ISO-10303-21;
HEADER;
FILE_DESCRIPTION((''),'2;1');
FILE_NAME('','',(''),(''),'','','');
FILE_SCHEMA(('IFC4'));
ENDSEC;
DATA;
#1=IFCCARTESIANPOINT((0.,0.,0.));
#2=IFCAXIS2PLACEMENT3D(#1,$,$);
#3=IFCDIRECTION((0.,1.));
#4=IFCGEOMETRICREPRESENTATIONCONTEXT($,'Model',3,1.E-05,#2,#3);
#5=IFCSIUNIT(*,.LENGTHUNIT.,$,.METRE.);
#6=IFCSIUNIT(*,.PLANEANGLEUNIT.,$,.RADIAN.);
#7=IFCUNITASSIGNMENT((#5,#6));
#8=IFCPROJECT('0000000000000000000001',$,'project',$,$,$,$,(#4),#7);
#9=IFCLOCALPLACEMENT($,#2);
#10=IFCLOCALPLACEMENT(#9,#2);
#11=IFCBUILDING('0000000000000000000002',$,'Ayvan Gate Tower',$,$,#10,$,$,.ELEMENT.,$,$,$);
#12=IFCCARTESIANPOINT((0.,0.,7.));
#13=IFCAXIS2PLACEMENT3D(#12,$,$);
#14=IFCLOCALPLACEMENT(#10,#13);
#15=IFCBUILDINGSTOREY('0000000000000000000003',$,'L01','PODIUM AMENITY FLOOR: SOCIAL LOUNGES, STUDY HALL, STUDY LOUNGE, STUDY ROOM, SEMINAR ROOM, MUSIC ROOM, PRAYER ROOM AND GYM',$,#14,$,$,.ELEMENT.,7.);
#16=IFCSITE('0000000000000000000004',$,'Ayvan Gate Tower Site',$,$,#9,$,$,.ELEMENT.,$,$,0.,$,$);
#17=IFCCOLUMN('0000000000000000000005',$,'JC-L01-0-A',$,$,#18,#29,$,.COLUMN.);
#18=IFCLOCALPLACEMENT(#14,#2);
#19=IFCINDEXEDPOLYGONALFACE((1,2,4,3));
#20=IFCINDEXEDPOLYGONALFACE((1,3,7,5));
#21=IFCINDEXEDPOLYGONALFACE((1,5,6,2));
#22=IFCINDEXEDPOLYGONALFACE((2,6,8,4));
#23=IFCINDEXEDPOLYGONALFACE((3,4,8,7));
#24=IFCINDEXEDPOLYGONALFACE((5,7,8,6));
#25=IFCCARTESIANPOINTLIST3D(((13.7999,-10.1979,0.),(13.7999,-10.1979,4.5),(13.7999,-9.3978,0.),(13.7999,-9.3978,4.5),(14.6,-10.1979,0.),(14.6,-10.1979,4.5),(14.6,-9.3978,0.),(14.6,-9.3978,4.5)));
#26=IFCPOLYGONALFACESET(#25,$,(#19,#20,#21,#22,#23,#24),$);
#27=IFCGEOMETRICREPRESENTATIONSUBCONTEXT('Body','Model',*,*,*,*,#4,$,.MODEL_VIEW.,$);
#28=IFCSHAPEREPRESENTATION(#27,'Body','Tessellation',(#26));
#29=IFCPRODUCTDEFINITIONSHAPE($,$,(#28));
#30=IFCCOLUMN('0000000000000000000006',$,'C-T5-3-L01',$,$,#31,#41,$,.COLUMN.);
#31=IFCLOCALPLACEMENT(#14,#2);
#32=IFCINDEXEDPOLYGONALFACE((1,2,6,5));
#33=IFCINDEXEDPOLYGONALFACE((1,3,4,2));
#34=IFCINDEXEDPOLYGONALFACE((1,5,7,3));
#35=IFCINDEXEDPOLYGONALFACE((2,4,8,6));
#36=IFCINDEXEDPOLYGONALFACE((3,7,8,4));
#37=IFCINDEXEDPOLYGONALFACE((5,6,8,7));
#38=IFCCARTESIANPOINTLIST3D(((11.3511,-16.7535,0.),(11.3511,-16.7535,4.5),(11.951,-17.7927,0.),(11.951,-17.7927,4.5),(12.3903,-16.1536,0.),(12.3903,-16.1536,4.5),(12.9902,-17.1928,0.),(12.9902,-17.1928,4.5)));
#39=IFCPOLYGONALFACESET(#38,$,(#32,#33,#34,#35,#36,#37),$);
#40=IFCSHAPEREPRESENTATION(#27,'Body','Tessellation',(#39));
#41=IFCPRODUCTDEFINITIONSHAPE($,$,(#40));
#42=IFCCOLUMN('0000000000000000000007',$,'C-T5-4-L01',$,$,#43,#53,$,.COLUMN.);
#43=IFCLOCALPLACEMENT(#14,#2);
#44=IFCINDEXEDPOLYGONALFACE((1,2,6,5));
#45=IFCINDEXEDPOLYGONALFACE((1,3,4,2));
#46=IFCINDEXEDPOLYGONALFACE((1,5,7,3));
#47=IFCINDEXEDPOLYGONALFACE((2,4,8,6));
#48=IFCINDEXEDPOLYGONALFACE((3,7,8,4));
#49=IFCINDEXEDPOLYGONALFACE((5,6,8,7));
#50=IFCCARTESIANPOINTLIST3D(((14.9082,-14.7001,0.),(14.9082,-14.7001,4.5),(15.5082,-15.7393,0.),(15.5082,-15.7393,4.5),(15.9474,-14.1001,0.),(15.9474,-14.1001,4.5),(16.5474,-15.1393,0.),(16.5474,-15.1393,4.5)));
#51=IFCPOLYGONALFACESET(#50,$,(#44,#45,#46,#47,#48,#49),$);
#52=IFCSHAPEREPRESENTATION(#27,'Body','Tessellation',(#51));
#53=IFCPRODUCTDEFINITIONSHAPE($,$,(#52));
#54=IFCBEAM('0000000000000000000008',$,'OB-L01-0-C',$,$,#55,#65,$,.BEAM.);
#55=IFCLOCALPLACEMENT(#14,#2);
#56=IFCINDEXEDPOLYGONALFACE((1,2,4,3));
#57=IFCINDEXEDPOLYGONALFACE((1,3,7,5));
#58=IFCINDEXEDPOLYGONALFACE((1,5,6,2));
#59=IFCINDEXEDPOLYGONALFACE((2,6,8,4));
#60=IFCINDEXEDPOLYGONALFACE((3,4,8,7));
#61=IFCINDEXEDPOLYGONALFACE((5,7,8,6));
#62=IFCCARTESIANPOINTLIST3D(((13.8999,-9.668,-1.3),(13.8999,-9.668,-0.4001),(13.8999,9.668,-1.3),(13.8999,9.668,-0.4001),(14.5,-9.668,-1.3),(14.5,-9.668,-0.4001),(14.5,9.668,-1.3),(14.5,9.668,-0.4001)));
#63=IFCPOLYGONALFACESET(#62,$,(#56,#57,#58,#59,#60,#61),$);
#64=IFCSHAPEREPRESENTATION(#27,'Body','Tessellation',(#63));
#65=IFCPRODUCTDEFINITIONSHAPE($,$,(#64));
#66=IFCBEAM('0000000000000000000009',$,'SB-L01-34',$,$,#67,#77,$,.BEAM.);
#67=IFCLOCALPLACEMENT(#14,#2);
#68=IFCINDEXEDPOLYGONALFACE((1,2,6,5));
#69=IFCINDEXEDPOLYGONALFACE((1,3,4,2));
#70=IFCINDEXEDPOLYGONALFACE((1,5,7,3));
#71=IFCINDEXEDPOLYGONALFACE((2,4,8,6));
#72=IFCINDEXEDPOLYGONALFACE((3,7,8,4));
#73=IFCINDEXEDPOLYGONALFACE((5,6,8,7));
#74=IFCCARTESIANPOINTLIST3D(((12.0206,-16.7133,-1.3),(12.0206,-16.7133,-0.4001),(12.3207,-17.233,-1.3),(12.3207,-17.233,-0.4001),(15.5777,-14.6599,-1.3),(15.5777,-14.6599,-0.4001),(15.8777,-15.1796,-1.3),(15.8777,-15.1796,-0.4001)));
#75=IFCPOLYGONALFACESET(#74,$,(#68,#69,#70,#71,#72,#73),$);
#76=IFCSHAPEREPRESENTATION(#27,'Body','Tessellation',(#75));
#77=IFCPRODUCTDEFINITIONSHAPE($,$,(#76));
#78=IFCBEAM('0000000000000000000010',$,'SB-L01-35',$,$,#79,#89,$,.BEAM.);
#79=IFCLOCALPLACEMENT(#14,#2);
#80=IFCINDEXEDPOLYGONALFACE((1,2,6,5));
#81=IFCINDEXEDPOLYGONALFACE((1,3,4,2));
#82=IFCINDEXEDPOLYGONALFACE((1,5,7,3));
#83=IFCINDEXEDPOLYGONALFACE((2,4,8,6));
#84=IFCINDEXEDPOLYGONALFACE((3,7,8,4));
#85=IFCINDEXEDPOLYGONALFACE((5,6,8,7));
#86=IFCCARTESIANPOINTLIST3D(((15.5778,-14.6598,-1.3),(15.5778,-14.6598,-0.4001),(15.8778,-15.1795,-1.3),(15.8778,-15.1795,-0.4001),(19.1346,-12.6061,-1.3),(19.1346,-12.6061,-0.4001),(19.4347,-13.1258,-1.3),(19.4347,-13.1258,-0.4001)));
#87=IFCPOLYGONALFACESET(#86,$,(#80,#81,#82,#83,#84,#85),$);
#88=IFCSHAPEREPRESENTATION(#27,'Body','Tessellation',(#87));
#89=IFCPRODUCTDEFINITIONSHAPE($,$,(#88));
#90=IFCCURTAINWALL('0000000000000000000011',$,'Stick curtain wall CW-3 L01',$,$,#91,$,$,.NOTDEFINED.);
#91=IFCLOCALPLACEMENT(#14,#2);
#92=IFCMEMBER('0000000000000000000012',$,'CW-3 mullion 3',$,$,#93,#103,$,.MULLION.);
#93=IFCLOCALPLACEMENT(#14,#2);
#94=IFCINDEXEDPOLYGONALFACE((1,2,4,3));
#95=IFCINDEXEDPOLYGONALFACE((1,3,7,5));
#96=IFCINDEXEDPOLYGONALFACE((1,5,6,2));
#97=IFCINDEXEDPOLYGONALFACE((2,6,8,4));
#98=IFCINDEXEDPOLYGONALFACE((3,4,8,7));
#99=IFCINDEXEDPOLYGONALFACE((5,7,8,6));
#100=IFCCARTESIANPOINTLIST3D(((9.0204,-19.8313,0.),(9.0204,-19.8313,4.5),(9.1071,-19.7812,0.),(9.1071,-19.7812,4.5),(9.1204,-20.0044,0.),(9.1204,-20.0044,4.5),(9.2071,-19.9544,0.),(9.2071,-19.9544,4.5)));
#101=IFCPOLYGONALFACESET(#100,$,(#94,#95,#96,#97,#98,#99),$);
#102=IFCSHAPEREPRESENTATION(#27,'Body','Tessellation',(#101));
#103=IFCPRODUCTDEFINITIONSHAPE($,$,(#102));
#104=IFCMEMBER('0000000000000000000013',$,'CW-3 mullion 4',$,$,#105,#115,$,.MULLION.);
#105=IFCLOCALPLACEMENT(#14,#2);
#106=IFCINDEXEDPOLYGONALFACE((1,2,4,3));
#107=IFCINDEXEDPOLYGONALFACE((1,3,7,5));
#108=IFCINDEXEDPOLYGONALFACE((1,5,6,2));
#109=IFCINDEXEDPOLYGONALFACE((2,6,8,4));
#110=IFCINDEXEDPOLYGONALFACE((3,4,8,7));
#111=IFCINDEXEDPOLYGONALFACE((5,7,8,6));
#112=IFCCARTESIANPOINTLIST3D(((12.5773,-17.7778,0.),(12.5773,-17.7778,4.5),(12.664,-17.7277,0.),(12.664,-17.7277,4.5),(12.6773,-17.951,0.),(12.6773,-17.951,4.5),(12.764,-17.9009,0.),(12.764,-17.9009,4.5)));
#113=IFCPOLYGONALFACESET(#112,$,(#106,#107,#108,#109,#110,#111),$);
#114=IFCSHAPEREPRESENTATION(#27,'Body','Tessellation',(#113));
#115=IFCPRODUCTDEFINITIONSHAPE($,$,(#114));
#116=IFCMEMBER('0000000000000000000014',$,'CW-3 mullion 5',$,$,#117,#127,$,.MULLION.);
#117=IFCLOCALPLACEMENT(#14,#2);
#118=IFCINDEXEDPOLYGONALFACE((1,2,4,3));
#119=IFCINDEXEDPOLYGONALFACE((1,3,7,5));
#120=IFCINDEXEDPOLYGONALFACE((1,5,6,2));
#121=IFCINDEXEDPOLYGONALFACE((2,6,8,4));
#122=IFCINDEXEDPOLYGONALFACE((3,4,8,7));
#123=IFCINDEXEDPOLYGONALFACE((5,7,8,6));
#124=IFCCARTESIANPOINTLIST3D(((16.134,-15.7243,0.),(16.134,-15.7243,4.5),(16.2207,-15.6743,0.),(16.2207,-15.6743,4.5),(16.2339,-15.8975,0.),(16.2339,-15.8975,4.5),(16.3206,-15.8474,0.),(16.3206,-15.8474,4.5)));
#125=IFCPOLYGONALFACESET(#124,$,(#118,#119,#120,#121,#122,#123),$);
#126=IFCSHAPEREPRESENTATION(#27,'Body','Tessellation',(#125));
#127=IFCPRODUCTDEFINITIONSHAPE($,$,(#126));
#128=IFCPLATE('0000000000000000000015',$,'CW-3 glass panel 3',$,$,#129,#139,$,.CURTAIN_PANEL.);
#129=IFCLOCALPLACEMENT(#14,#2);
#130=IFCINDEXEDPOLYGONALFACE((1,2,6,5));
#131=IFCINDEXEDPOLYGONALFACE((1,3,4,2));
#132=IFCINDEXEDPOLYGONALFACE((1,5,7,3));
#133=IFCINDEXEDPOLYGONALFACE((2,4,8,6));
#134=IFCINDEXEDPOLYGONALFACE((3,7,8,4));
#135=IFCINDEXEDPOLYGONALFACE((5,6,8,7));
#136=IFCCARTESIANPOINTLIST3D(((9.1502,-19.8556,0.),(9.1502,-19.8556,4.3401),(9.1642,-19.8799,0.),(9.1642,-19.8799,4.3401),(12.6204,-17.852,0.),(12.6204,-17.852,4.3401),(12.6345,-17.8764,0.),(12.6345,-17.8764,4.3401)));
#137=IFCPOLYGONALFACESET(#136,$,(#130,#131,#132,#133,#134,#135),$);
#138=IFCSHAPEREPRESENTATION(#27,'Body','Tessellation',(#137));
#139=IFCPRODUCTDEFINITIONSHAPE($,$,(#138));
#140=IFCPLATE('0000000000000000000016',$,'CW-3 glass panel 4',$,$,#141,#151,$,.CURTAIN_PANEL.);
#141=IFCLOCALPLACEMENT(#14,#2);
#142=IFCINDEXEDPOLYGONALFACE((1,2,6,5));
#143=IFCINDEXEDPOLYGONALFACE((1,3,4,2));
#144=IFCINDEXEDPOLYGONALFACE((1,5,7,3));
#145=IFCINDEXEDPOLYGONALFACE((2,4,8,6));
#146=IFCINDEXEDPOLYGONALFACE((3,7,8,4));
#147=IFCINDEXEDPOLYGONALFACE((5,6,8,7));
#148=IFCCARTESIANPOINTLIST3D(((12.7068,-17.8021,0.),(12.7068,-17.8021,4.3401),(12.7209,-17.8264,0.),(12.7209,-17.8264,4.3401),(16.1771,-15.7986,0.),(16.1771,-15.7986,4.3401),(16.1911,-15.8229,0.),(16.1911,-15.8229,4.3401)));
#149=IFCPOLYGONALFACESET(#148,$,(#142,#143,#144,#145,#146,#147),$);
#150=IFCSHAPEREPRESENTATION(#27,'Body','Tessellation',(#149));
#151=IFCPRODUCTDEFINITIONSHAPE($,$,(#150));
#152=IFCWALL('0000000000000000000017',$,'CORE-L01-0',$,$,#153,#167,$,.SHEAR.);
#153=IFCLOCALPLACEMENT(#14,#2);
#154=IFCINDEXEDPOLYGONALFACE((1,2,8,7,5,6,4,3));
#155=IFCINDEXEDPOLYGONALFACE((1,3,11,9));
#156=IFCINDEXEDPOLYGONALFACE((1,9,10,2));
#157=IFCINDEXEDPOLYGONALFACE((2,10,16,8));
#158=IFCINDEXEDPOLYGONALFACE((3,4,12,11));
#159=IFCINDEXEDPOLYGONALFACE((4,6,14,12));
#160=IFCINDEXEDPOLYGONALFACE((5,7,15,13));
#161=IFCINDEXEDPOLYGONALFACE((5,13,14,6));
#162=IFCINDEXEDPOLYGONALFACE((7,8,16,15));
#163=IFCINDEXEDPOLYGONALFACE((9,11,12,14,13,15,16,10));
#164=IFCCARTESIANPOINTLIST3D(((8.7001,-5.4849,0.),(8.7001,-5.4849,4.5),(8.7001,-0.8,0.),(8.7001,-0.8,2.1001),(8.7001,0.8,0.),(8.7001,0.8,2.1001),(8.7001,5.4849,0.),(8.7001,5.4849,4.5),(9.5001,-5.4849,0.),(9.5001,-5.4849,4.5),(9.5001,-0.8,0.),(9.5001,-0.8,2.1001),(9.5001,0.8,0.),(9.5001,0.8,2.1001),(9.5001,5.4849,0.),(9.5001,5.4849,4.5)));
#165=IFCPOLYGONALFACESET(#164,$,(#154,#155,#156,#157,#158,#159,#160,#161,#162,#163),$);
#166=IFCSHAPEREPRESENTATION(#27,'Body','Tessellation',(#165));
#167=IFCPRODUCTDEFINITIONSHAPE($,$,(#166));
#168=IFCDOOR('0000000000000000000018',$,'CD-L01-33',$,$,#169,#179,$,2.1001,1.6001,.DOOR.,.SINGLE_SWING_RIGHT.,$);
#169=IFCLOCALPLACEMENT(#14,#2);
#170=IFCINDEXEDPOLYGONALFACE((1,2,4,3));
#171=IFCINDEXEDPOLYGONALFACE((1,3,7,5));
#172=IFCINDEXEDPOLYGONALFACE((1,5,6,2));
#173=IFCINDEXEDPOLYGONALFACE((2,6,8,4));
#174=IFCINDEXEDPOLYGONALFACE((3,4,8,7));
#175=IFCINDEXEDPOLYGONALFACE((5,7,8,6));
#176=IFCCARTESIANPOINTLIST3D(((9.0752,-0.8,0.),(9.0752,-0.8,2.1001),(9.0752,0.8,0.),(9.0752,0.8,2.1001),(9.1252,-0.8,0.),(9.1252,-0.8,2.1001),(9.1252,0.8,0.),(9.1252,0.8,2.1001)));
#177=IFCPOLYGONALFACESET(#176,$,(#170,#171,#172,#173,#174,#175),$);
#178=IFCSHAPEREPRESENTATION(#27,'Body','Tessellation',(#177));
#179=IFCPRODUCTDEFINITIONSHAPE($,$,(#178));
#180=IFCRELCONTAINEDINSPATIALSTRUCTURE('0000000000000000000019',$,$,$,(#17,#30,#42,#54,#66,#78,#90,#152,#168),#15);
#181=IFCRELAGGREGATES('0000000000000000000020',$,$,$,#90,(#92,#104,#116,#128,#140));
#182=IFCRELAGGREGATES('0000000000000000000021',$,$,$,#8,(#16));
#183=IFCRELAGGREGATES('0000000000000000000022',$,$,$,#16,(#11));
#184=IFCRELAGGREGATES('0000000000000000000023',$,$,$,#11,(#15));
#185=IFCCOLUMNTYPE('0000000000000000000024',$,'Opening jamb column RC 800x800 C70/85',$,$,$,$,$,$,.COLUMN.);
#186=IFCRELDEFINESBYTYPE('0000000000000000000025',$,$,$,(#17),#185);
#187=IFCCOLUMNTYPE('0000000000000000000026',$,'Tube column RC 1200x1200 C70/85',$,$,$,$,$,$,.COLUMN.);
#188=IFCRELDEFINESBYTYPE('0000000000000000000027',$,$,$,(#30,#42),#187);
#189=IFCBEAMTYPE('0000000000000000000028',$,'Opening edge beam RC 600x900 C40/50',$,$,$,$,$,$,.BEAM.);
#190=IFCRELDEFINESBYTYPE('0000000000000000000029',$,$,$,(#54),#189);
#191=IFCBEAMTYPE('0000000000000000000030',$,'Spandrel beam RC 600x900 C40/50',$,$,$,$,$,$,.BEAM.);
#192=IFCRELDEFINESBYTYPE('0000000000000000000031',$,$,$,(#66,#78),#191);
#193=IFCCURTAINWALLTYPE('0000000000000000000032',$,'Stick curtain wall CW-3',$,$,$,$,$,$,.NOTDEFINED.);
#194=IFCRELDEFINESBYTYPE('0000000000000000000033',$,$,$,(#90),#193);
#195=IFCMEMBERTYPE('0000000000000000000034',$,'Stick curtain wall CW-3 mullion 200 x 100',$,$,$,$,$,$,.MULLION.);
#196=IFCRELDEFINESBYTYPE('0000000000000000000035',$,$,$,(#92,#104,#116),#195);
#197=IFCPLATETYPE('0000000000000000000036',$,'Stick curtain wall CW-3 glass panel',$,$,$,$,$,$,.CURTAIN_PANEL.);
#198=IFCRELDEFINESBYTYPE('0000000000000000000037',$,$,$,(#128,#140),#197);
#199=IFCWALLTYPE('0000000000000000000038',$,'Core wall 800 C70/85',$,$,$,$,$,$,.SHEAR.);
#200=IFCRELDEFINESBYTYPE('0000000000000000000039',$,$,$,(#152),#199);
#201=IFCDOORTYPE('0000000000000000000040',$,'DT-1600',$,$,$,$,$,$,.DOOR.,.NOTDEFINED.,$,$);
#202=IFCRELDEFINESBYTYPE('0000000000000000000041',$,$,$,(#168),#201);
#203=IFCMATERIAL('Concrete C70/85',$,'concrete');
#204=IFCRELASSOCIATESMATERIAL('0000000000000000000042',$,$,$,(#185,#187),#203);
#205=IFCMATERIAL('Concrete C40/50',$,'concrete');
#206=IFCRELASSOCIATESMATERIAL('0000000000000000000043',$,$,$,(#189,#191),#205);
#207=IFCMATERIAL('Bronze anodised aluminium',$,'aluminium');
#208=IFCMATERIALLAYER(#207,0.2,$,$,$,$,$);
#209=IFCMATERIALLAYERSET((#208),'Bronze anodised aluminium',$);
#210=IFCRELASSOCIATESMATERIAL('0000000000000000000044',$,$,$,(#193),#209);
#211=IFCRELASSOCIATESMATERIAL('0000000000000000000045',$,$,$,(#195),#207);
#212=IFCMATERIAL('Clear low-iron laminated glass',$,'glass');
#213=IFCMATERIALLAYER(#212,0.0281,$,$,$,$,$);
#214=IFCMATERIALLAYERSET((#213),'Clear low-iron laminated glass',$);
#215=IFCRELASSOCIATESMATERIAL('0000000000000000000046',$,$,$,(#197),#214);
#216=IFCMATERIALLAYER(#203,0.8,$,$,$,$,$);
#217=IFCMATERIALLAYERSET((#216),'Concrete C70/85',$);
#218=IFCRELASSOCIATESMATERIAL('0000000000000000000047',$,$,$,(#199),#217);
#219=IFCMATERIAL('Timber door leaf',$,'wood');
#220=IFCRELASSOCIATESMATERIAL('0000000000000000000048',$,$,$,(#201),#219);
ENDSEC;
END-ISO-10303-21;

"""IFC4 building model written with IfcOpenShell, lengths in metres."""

from ifc_helpers import new_model, si_unit, direction, frame, frame_2d, origin, origin_2d, place, context, subcontext, project, spatial, rectangle, extrude, material, layer, layer_set, material_profile, profile_set, type_object, element, fill, aggregate, save


model = new_model("IFC4")

# Units and contexts
model_context = context("Model", 3, precision=1e-05, world=origin(), true_north=direction((0.0, 1.0)))
body_context = subcontext(model_context, "Body", "Model", "MODEL_VIEW")
ifc_project = project(units=[si_unit("LENGTHUNIT", "METRE"), si_unit("PLANEANGLEUNIT", "RADIAN")], contexts=[model_context])

# Site, building, storey
site_placement = place(None, origin())
site = spatial("IfcSite", under=ifc_project, at=site_placement, Name="Ayvan Gate Tower Site", CompositionType="ELEMENT", RefElevation=0.0)
building_placement = place(site_placement, origin())
building = spatial("IfcBuilding", under=site, at=building_placement, Name="Ayvan Gate Tower", CompositionType="ELEMENT")
storey_placement = place(building_placement, frame((0.0, 0.0, 7.0)))
storey = spatial("IfcBuildingStorey", under=building, at=storey_placement, Name="L01", Description="PODIUM AMENITY FLOOR: SOCIAL LOUNGES, STUDY HALL, STUDY LOUNGE, STUDY ROOM, SEMINAR ROOM, MUSIC ROOM, PRAYER ROOM AND GYM", CompositionType="ELEMENT", Elevation=7.0)

# Columns
ifc_material_1 = material(Name="Concrete C70/85", Category="concrete")
ifc_material_profile_1 = material_profile(ifc_material_1, rectangle(XDim=0.8, YDim=0.8, at=origin_2d()), Name="RC 800x800")
ifc_profile_set_1 = profile_set([ifc_material_profile_1], Name="Concrete C70/85")
column_type_1 = type_object("IfcColumnType", Name="Opening jamb column RC 800x800 C70/85", PredefinedType="COLUMN", material=ifc_profile_set_1)
column_placement = place(storey_placement, frame((14.2, -9.7979, 0.0), z_axis=(0.0, 0.0, 1.0), x_axis=(1.0, 0.0, 0.0)))
element("IfcColumn", 1, at=column_placement, inside=storey, type_object=column_type_1, Name="JC-L01-0-A", PredefinedType="COLUMN", context=body_context, shape_type="SweptSolid", body=[
    extrude(rectangle(XDim=0.8, YDim=0.8, at=origin_2d()), origin(), (0.0, 0.0, 1.0), 4.5),
])
ifc_material_profile_2 = material_profile(ifc_material_1, rectangle(XDim=1.2, YDim=1.2, at=origin_2d()), Name="RC 1200x1200")
ifc_profile_set_2 = profile_set([ifc_material_profile_2], Name="Concrete C70/85")
column_type_2 = type_object("IfcColumnType", Name="Tube column RC 1200x1200 C70/85", PredefinedType="COLUMN", material=ifc_profile_set_2)
for number, where, z_axis, x_axis, name in (
    (2, (12.1707, -16.9731, 0.0), (0.0, 0.0, 1.0), (0.5, -0.866025, 0.0), "C-T5-3-L01"),
    (3, (15.7278, -14.9197, 0.0), (0.0, 0.0, 1.0), (0.5, -0.866025, 0.0), "C-T5-4-L01"),
):
    element("IfcColumn", number, at=place(storey_placement, frame(where, z_axis=z_axis, x_axis=x_axis)), inside=storey, type_object=column_type_2, Name=name, PredefinedType="COLUMN", context=body_context, shape_type="SweptSolid", body=[
        extrude(rectangle(XDim=1.2, YDim=1.2, at=origin_2d()), origin(), (0.0, 0.0, 1.0), 4.5),
    ])

# Beams
ifc_material_2 = material(Name="Concrete C40/50", Category="concrete")
ifc_material_profile_3 = material_profile(ifc_material_2, rectangle(XDim=0.6001, YDim=0.8999, at=origin_2d()), Name="RC 600x900")
ifc_profile_set_3 = profile_set([ifc_material_profile_3], Name="Concrete C40/50")
beam_type_1 = type_object("IfcBeamType", Name="Opening edge beam RC 600x900 C40/50", PredefinedType="BEAM", material=ifc_profile_set_3)
beam_placement = place(storey_placement, frame((14.2, -9.668, -0.8501), z_axis=(0.0, 1.0, 0.0), x_axis=(-1.0, 0.0, 0.0)))
element("IfcBeam", 4, at=beam_placement, inside=storey, type_object=beam_type_1, Name="OB-L01-0-C", PredefinedType="BEAM", context=body_context, shape_type="SweptSolid", body=[
    extrude(rectangle(XDim=0.6001, YDim=0.8999, at=origin_2d()), origin(), (0.0, 0.0, 1.0), 19.3359),
])
ifc_material_profile_4 = material_profile(ifc_material_2, rectangle(XDim=0.6001, YDim=0.8999, at=origin_2d()), Name="RC 600x900")
ifc_profile_set_4 = profile_set([ifc_material_profile_4], Name="Concrete C40/50")
beam_type_2 = type_object("IfcBeamType", Name="Spandrel beam RC 600x900 C40/50", PredefinedType="BEAM", material=ifc_profile_set_4)
for number, where, z_axis, x_axis, name in (
    (5, (12.1707, -16.9731, -0.8501), (0.866051, 0.499956, 0.0), (-0.499956, 0.866051, 0.0), "SB-L01-34"),
    (6, (15.7278, -14.9197, -0.8501), (0.86601, 0.500026, 0.0), (-0.500026, 0.86601, 0.0), "SB-L01-35"),
):
    element("IfcBeam", number, at=place(storey_placement, frame(where, z_axis=z_axis, x_axis=x_axis)), inside=storey, type_object=beam_type_2, Name=name, PredefinedType="BEAM", context=body_context, shape_type="SweptSolid", body=[
        extrude(rectangle(XDim=0.6001, YDim=0.8999, at=origin_2d()), origin(), (0.0, 0.0, 1.0), 4.1072),
    ])

# Curtain wall, members, plates
ifc_material_3 = material(Name="Bronze anodised aluminium", Category="aluminium")
ifc_layer_1 = layer(ifc_material_3, 0.2)
ifc_layer_set_1 = layer_set([ifc_layer_1], Name="Bronze anodised aluminium")
curtain_wall_type = type_object("IfcCurtainWallType", Name="Stick curtain wall CW-3", PredefinedType="NOTDEFINED", material=ifc_layer_set_1)
curtain_wall_placement = place(storey_placement, origin())
curtain_wall = element("IfcCurtainWall", 7, at=curtain_wall_placement, inside=storey, type_object=curtain_wall_type, Name="Stick curtain wall CW-3 L01", PredefinedType="NOTDEFINED")
ifc_material_profile_5 = material_profile(ifc_material_3, rectangle(XDim=0.2, YDim=0.1001, at=origin_2d()), Name="Stick curtain wall CW-3 mullion 200 x 100")
ifc_profile_set_5 = profile_set([ifc_material_profile_5], Name="Bronze anodised aluminium")
member_type = type_object("IfcMemberType", Name="Stick curtain wall CW-3 mullion 200 x 100", PredefinedType="MULLION", material=ifc_profile_set_5)
member_1_placement = place(storey_placement, frame((9.1138, -19.8928, 0.0), z_axis=(0.0, 0.0, 1.0), x_axis=(0.5, -0.866025, 0.0)))
member_1 = element("IfcMember", 8, at=member_1_placement, type_object=member_type, Name="CW-3 mullion 3", PredefinedType="MULLION", context=body_context, shape_type="SweptSolid", body=[
    extrude(rectangle(XDim=0.2, YDim=0.1001, at=origin_2d()), origin(), (0.0, 0.0, 1.0), 4.5),
])
member_2_placement = place(storey_placement, frame((12.6707, -17.8394, 0.0), z_axis=(0.0, 0.0, 1.0), x_axis=(0.5, -0.866025, 0.0)))
member_2 = element("IfcMember", 9, at=member_2_placement, type_object=member_type, Name="CW-3 mullion 4", PredefinedType="MULLION", context=body_context, shape_type="SweptSolid", body=[
    extrude(rectangle(XDim=0.2, YDim=0.1001, at=origin_2d()), origin(), (0.0, 0.0, 1.0), 4.5),
])
member_3_placement = place(storey_placement, frame((16.2273, -15.7859, 0.0), z_axis=(0.0, 0.0, 1.0), x_axis=(0.5, -0.866025, 0.0)))
member_3 = element("IfcMember", 10, at=member_3_placement, type_object=member_type, Name="CW-3 mullion 5", PredefinedType="MULLION", context=body_context, shape_type="SweptSolid", body=[
    extrude(rectangle(XDim=0.2, YDim=0.1001, at=origin_2d()), origin(), (0.0, 0.0, 1.0), 4.5),
])
ifc_material_4 = material(Name="Clear low-iron laminated glass", Category="glass")
ifc_layer_2 = layer(ifc_material_4, 0.0281)
ifc_layer_set_2 = layer_set([ifc_layer_2], Name="Clear low-iron laminated glass")
plate_type = type_object("IfcPlateType", Name="Stick curtain wall CW-3 glass panel", PredefinedType="CURTAIN_PANEL", material=ifc_layer_set_2)
plate_1_placement = place(storey_placement, frame((10.8923, -18.866, 0.0), z_axis=(0.0, 0.0, 1.0), x_axis=(0.866025, 0.5, 0.0)))
plate_1 = element("IfcPlate", 11, at=plate_1_placement, type_object=plate_type, Name="CW-3 glass panel 3", PredefinedType="CURTAIN_PANEL", context=body_context, shape_type="SweptSolid", body=[
    extrude(rectangle(XDim=4.0071, YDim=0.0281, at=origin_2d()), origin(), (0.0, 0.0, 1.0), 4.3401),
])
plate_2_placement = place(storey_placement, frame((14.449, -16.8125, 0.0), z_axis=(0.0, 0.0, 1.0), x_axis=(0.866025, 0.5, 0.0)))
plate_2 = element("IfcPlate", 12, at=plate_2_placement, type_object=plate_type, Name="CW-3 glass panel 4", PredefinedType="CURTAIN_PANEL", context=body_context, shape_type="SweptSolid", body=[
    extrude(rectangle(XDim=4.0071, YDim=0.0281, at=origin_2d()), origin(), (0.0, 0.0, 1.0), 4.3401),
])
aggregate(curtain_wall, [member_1, member_2, member_3, plate_1, plate_2])

# Wall, opening, door
ifc_layer_3 = layer(ifc_material_1, 0.8)
ifc_layer_set_3 = layer_set([ifc_layer_3], Name="Concrete C70/85")
wall_type_1 = type_object("IfcWallType", Name="Core wall 800 C70/85", PredefinedType="SHEAR", material=ifc_layer_set_3)
wall_1_placement = place(storey_placement, frame((9.1001, -5.4849, 0.0), z_axis=(0.0, 0.0, 1.0), x_axis=(0.0, 1.0, 0.0)))
wall_1 = element("IfcWall", 13, at=wall_1_placement, inside=storey, type_object=wall_type_1, Name="CORE-L01-0", PredefinedType="SHEAR", context=body_context, shape_type="SweptSolid", body=[
    extrude(rectangle(XDim=10.9697, YDim=0.8, at=frame_2d((5.4849, 0.0))), origin(), (0.0, 0.0, 1.0), 4.5),
])
opening_1_placement = place(wall_1_placement, frame((4.6848, 0.0, 0.0)))
opening_1 = element("IfcOpeningElement", 14, at=opening_1_placement, cuts=wall_1, PredefinedType="OPENING", context=body_context, shape_type="SweptSolid", body=[
    extrude(rectangle(XDim=1.6001, YDim=2.1001, at=frame_2d((0.8, 1.05))), frame((0.0, 0.4099, 0.0), z_axis=(0.0, -1.0, 0.0), x_axis=(1.0, 0.0, 0.0)), (0.0, 0.0, 1.0), 0.8201),
])
ifc_material_5 = material(Name="Timber door leaf", Category="wood")
door_type_1 = type_object("IfcDoorType", Name="DT-1600", OperationType="NOTDEFINED", PredefinedType="DOOR", material=ifc_material_5)
door_1_placement = place(opening_1_placement, origin())
door_1 = element("IfcDoor", 15, at=door_1_placement, inside=storey, type_object=door_type_1, Name="CD-L01-33", OperationType="SINGLE_SWING_RIGHT", OverallHeight=2.1001, OverallWidth=1.6001, PredefinedType="DOOR", context=body_context, shape_type="SweptSolid", body=[
    extrude(rectangle(XDim=1.6001, YDim=2.1001, at=frame_2d((0.8, 1.05))), frame((0.0, 0.0249, 0.0), z_axis=(0.0, -1.0, 0.0), x_axis=(1.0, 0.0, 0.0)), (0.0, 0.0, 1.0), 0.05),
])
fill(opening_1, door_1)

save(model, "model.ifc")
